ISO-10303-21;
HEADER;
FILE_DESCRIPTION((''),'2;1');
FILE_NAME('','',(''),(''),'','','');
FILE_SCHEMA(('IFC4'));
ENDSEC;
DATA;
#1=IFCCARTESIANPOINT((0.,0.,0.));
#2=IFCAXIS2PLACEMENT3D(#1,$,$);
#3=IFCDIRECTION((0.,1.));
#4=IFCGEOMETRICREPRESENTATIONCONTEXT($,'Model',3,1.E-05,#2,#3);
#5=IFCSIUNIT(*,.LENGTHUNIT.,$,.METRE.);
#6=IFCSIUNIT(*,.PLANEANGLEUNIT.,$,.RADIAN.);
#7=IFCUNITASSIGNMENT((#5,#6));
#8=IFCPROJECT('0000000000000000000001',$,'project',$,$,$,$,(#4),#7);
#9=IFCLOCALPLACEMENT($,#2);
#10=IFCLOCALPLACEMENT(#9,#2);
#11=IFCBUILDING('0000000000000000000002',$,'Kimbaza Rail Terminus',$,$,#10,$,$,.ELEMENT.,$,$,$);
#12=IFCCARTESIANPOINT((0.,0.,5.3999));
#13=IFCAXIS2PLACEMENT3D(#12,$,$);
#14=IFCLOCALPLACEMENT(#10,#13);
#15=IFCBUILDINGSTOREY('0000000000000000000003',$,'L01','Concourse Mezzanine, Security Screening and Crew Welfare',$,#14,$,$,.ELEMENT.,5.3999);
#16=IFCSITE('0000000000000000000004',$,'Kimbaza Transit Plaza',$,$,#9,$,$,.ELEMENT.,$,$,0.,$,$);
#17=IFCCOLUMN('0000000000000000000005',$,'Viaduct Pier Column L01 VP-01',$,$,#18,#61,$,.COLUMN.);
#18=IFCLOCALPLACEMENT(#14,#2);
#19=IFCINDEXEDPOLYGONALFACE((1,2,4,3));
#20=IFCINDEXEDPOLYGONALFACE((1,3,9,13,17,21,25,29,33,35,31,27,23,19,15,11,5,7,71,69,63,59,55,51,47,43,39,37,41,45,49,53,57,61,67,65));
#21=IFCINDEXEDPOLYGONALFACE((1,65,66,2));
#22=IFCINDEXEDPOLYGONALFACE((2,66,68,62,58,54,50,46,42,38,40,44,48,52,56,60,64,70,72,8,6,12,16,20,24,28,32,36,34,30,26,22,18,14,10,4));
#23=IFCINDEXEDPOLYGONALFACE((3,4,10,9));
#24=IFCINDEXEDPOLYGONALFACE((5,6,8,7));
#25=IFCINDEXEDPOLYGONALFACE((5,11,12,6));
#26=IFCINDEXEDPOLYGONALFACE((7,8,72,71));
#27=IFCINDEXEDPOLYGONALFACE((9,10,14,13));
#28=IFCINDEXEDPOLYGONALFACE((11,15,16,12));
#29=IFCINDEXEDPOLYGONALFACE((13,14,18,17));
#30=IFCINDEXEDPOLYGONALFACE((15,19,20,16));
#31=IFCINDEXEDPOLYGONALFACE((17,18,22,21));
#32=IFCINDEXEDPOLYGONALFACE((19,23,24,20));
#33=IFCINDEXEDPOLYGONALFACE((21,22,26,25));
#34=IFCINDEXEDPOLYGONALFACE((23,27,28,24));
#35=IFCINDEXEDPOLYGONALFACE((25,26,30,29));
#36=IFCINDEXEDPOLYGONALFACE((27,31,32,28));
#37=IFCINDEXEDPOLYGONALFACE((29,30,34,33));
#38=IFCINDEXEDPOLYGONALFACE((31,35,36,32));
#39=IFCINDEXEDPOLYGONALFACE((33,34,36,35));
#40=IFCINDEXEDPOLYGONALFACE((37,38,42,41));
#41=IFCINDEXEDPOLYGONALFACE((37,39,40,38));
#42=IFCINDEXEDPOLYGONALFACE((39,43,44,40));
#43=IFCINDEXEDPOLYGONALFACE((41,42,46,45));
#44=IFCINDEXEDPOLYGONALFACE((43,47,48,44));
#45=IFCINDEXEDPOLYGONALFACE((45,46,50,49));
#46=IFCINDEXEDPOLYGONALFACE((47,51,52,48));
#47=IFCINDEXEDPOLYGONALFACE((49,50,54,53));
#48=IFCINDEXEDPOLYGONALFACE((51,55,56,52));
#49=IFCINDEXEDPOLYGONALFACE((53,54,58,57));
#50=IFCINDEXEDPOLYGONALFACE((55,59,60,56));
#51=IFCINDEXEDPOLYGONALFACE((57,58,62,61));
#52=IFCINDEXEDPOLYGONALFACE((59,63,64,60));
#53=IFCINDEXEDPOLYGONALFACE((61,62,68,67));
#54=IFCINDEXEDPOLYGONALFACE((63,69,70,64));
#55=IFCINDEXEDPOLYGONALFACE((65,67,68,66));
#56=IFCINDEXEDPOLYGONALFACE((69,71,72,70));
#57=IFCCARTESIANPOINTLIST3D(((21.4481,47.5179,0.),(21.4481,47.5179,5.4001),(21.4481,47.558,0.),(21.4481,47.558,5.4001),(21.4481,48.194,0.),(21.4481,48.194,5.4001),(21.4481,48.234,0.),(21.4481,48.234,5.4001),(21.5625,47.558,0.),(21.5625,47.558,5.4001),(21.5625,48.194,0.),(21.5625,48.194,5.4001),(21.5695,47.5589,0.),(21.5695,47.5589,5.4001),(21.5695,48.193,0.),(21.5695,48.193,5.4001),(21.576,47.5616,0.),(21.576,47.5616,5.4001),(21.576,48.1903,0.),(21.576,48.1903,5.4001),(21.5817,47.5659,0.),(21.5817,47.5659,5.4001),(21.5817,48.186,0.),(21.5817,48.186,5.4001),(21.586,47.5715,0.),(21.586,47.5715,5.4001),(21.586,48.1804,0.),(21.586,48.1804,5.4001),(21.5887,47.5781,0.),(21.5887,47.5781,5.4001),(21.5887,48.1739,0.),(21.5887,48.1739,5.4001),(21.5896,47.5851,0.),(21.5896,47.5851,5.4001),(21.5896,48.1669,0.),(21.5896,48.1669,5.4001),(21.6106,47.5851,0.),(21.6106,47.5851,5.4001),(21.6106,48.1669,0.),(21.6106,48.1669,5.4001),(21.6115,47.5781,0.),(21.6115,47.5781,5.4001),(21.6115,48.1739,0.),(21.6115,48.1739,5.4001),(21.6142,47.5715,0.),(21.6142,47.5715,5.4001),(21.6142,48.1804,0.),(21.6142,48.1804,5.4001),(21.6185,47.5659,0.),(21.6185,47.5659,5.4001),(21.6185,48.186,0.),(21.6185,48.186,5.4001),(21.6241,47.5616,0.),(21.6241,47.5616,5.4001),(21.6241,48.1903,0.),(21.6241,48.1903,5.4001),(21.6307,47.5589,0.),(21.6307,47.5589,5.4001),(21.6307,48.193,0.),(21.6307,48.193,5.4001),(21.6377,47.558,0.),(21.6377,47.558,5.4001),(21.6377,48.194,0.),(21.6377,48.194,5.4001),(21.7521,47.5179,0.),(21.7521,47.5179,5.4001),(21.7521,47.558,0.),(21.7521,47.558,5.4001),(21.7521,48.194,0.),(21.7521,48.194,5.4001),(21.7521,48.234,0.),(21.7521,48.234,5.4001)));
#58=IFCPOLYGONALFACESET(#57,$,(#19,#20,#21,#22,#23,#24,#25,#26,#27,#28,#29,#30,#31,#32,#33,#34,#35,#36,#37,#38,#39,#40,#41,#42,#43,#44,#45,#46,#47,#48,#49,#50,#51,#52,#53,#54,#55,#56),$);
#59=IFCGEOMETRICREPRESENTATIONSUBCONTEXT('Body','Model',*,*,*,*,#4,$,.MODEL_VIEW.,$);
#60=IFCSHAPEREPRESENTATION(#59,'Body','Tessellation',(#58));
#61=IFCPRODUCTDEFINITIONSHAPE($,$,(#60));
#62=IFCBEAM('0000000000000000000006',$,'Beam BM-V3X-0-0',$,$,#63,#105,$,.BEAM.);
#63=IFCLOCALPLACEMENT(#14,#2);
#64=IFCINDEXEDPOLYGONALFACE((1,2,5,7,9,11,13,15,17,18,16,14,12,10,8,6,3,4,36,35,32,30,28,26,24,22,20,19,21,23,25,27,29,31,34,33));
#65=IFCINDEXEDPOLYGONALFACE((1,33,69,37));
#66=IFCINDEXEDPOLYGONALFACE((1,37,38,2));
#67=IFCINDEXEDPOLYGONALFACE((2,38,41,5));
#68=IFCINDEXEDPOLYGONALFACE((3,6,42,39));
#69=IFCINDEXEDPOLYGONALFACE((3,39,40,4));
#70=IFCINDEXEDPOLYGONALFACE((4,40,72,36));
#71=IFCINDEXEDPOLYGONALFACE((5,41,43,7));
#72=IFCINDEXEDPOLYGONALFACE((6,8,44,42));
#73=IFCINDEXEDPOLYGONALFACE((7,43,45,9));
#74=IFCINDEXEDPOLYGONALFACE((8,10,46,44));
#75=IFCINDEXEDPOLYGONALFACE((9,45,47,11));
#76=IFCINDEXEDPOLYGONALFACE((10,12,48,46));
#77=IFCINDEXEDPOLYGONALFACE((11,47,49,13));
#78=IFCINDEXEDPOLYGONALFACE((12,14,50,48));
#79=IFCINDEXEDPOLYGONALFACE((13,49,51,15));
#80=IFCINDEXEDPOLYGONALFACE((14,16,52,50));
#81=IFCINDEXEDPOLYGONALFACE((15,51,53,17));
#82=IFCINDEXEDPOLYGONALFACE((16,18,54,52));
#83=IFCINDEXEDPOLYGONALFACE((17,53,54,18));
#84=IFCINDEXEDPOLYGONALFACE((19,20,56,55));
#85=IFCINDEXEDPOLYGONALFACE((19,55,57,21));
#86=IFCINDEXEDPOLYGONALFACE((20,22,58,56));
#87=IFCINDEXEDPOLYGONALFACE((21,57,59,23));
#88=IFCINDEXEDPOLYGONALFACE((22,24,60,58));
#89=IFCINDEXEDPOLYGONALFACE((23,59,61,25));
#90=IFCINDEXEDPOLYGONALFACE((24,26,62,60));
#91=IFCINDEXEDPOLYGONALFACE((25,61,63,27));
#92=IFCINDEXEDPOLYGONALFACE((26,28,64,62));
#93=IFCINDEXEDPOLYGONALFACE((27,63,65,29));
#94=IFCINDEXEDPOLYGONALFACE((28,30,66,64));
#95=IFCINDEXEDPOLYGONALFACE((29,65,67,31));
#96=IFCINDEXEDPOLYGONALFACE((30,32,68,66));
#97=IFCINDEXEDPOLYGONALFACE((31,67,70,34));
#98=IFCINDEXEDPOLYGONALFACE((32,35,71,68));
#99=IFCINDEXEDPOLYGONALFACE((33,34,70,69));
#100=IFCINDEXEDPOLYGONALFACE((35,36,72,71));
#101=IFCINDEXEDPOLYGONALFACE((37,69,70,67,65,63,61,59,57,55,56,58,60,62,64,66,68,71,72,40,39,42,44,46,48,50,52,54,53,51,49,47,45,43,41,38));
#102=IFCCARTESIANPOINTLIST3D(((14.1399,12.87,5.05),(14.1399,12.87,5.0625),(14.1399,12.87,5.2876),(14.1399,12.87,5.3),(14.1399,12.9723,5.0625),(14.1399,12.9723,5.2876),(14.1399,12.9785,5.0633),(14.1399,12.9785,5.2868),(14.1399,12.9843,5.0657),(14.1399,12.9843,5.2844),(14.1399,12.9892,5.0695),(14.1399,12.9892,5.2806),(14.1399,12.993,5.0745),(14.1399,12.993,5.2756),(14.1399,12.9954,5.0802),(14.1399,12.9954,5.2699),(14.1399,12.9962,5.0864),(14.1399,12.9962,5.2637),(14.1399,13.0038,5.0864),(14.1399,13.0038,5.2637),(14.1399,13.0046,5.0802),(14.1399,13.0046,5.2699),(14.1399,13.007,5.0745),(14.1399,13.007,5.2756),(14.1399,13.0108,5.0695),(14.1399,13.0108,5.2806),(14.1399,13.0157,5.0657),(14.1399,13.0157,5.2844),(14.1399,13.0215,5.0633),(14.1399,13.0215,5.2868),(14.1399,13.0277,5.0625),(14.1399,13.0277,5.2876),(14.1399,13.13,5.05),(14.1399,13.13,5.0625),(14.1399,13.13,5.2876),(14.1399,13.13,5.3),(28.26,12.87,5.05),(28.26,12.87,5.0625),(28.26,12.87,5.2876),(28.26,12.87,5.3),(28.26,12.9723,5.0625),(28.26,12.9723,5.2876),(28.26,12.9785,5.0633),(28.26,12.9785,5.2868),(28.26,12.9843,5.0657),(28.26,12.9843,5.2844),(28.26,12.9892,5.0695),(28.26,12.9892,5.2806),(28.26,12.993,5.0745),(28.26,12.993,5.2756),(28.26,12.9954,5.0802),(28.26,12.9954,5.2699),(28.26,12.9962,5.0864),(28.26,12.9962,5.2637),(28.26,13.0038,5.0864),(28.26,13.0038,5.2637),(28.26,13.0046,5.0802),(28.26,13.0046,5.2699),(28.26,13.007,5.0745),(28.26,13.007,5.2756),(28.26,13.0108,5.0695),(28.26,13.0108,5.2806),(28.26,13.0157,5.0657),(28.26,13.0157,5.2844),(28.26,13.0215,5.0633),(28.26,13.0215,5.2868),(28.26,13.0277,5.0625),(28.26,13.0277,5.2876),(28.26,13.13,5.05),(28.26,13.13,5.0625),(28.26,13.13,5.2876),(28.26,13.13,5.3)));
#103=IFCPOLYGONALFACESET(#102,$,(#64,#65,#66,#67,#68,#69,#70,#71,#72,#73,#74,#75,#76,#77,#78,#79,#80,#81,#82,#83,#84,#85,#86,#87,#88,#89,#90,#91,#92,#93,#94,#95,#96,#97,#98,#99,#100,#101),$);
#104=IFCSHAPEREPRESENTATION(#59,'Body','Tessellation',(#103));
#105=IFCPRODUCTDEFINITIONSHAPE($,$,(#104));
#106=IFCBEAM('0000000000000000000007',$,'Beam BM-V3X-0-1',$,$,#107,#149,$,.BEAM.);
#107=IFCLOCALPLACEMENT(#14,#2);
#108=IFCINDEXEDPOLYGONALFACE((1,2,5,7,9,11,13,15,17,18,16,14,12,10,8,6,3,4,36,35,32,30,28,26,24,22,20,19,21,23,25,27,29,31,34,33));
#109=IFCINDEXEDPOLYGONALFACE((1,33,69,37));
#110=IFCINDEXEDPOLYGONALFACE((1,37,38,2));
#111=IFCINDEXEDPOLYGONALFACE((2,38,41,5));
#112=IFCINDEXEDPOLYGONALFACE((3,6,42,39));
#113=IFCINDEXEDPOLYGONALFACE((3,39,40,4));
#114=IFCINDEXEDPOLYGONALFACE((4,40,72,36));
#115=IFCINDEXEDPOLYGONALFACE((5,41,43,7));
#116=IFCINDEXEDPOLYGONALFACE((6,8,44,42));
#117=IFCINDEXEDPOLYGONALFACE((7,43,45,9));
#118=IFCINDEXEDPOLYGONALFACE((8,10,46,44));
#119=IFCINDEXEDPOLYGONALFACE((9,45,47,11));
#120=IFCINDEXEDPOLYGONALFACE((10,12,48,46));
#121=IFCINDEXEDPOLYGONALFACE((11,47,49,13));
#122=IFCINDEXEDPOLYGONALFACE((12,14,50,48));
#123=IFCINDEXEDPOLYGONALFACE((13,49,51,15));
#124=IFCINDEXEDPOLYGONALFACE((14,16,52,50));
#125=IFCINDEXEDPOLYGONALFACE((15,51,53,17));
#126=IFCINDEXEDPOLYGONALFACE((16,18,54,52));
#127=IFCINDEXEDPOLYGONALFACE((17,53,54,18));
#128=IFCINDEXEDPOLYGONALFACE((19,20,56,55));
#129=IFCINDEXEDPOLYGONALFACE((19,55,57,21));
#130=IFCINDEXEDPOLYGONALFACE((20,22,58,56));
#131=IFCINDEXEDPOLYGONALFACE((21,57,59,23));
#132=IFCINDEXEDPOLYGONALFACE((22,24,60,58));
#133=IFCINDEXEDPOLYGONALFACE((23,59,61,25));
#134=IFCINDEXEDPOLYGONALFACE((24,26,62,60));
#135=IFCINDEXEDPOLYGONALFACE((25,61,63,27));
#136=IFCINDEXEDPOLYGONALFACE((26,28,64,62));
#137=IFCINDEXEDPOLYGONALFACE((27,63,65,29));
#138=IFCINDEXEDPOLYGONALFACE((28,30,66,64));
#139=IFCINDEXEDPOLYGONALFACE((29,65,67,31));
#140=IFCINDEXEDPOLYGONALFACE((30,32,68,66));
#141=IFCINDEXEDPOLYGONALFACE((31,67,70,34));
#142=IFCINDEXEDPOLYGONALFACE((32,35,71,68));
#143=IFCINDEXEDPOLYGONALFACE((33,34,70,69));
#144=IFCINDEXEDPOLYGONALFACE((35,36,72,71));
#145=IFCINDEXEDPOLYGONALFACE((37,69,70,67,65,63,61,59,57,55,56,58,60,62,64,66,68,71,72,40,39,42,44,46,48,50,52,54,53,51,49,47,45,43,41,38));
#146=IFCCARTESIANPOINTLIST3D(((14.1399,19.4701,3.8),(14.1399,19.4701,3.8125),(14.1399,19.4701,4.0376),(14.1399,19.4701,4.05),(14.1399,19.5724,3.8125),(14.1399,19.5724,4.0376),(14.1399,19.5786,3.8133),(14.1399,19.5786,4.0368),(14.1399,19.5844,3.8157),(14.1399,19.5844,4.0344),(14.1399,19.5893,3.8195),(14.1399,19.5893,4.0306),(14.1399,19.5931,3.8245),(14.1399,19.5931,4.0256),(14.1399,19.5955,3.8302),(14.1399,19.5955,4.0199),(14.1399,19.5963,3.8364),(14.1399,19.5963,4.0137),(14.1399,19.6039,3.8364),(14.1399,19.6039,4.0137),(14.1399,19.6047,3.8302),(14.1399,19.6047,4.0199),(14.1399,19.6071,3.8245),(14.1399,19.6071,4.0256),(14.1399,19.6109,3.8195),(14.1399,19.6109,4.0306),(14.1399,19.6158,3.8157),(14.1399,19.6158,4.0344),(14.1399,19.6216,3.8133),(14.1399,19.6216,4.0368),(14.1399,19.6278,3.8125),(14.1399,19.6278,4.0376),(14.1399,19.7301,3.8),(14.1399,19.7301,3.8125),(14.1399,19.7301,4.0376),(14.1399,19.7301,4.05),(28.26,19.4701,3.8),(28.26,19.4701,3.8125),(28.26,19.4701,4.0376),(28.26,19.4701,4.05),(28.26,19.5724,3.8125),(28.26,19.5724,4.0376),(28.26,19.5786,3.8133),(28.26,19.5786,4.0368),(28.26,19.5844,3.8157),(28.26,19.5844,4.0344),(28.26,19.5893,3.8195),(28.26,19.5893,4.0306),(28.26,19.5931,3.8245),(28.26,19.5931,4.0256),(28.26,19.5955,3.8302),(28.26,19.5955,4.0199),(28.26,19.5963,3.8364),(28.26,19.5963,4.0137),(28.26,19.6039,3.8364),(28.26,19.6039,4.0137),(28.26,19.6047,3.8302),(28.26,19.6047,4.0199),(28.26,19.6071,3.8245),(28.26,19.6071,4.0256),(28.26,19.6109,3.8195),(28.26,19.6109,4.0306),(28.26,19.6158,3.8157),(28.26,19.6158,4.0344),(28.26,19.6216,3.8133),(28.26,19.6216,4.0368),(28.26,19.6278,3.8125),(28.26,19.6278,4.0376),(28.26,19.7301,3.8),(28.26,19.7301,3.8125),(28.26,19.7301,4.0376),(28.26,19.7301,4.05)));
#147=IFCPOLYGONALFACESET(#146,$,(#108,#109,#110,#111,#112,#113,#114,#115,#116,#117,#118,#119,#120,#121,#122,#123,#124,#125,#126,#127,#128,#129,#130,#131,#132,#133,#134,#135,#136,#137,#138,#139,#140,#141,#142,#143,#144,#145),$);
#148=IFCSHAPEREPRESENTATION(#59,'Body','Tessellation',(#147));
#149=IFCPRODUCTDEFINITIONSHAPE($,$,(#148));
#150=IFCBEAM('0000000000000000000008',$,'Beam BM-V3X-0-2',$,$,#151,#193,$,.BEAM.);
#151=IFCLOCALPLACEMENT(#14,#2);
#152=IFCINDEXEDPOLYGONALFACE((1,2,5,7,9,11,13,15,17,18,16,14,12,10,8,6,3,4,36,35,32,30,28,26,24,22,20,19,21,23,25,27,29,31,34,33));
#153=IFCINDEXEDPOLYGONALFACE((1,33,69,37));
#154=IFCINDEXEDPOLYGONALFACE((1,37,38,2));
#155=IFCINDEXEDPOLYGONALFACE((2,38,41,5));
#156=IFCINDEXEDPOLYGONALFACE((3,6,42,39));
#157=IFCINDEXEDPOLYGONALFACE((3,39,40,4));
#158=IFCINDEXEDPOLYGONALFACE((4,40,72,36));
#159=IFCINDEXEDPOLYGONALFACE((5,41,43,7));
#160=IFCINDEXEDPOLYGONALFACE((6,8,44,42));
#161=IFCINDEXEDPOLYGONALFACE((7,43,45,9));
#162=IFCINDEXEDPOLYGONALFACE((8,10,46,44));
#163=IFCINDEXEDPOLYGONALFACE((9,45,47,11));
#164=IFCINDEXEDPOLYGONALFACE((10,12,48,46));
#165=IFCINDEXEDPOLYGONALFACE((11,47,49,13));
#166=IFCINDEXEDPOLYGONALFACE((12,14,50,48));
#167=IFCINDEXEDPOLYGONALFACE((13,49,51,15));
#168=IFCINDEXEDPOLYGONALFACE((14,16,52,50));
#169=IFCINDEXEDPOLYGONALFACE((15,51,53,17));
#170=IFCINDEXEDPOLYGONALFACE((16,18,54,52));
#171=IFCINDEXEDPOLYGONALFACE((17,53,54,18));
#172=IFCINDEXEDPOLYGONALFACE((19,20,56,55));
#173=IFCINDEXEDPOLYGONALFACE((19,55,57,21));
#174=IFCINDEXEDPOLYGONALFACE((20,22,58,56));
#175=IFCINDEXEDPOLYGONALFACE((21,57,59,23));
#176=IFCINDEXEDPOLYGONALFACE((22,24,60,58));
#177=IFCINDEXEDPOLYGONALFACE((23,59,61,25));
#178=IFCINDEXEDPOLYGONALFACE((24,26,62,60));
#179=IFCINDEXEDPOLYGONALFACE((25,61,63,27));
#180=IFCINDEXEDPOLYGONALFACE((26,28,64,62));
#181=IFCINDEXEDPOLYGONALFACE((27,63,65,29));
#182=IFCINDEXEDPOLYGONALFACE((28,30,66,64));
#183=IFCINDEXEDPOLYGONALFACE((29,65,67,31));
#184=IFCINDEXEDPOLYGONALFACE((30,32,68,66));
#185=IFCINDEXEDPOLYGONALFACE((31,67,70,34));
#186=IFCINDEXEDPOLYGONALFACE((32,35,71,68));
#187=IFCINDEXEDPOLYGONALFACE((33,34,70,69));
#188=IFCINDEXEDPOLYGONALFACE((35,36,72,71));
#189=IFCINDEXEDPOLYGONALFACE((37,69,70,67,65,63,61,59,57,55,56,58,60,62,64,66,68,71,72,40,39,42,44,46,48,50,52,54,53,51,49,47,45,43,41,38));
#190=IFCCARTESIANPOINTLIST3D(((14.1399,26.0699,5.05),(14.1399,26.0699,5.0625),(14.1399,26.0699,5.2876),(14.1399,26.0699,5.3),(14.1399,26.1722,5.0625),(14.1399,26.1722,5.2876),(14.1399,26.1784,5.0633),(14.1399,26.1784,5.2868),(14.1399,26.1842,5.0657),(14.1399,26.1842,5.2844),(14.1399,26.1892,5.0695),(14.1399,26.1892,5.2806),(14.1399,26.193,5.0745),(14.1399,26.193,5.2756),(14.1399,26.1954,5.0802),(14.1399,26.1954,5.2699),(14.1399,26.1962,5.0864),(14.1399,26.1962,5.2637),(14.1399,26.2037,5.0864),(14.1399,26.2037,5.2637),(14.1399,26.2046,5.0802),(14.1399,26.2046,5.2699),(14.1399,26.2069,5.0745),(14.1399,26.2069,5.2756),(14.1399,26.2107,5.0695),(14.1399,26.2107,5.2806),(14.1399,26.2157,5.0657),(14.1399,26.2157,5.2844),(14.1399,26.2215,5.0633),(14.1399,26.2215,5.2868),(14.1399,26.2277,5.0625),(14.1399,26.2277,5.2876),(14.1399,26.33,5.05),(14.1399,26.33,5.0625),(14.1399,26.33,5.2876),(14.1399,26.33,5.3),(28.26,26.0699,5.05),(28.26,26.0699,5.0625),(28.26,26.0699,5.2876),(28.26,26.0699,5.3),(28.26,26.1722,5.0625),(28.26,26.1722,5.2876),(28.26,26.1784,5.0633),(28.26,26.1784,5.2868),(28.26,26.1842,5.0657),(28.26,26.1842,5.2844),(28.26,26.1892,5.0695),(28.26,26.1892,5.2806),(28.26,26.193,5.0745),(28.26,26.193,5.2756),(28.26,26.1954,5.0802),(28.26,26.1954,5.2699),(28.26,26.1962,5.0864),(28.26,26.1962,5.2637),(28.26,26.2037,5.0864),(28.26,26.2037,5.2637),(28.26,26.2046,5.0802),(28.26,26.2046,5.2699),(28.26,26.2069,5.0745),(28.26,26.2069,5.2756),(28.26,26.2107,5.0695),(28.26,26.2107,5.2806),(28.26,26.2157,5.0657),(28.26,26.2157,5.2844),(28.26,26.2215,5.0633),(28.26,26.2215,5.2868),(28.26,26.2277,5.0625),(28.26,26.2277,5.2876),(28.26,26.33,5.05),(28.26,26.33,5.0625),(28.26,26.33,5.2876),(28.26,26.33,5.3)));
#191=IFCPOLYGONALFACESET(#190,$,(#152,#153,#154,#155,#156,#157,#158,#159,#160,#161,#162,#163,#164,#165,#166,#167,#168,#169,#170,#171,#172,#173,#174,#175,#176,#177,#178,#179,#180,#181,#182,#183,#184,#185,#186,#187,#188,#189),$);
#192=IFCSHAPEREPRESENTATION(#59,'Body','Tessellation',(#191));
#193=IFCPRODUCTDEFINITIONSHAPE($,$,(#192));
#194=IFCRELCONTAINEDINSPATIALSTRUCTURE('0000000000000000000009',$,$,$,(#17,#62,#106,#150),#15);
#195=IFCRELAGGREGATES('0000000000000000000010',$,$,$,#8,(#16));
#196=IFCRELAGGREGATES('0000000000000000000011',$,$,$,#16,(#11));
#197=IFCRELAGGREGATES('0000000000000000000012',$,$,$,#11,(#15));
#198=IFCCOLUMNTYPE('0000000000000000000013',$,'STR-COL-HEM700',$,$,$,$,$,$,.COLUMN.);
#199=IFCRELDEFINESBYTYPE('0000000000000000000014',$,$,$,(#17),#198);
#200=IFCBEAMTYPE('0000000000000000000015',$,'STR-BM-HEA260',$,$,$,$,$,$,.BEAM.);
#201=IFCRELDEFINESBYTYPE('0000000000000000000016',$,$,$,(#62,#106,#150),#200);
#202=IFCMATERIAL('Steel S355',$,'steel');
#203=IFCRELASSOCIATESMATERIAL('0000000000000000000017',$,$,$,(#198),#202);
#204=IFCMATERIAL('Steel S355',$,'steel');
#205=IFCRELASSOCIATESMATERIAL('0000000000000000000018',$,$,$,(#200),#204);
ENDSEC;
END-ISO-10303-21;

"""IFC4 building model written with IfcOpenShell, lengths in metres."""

from ifc_helpers import new_model, si_unit, direction, frame, origin, origin_2d, place, context, subcontext, project, spatial, i_section, extrude, material, material_profile, profile_set, type_object, element, save


model = new_model("IFC4")

# Units and contexts
model_context = context("Model", 3, precision=1e-05, world=origin(), true_north=direction((0.0, 1.0)))
body_context = subcontext(model_context, "Body", "Model", "MODEL_VIEW")
ifc_project = project(units=[si_unit("LENGTHUNIT", "METRE"), si_unit("PLANEANGLEUNIT", "RADIAN")], contexts=[model_context])

# Site, building, storey
site_placement = place(None, origin())
site = spatial("IfcSite", under=ifc_project, at=site_placement, Name="Kimbaza Transit Plaza", CompositionType="ELEMENT", RefElevation=0.0)
building_placement = place(site_placement, origin())
building = spatial("IfcBuilding", under=site, at=building_placement, Name="Kimbaza Rail Terminus", CompositionType="ELEMENT")
storey_placement = place(building_placement, frame((0.0, 0.0, 5.3999)))
storey = spatial("IfcBuildingStorey", under=building, at=storey_placement, Name="L01", Description="Concourse Mezzanine, Security Screening and Crew Welfare", CompositionType="ELEMENT", Elevation=5.3999)

# Column
ifc_material_1 = material(Name="Steel S355", Category="steel")
ifc_material_profile_1 = material_profile(ifc_material_1, i_section(OverallWidth=0.304, OverallDepth=0.7161, WebThickness=0.021, FlangeThickness=0.04, FilletRadius=0.0271, at=origin_2d()), Name="HEM 700")
ifc_profile_set_1 = profile_set([ifc_material_profile_1], Name="Steel S355")
column_type = type_object("IfcColumnType", Name="STR-COL-HEM700", PredefinedType="COLUMN", material=ifc_profile_set_1)
column_placement = place(storey_placement, frame((21.6001, 47.876, 0.0), z_axis=(0.0, 0.0, 1.0), x_axis=(1.0, 0.0, 0.0)))
element("IfcColumn", 1, at=column_placement, inside=storey, type_object=column_type, Name="Viaduct Pier Column L01 VP-01", PredefinedType="COLUMN", context=body_context, shape_type="SweptSolid", body=[
    extrude(i_section(OverallWidth=0.304, OverallDepth=0.7161, WebThickness=0.021, FlangeThickness=0.04, FilletRadius=0.0271, at=origin_2d()), origin(), (0.0, 0.0, 1.0), 5.4001),
])

# Beams
ifc_material_2 = material(Name="Steel S355", Category="steel")
ifc_material_profile_2 = material_profile(ifc_material_2, i_section(OverallWidth=0.26, OverallDepth=0.25, WebThickness=0.0076, FlangeThickness=0.0125, FilletRadius=0.0239, at=origin_2d()), Name="HEA 260")
ifc_profile_set_2 = profile_set([ifc_material_profile_2], Name="Steel S355")
beam_type = type_object("IfcBeamType", Name="STR-BM-HEA260", PredefinedType="BEAM", material=ifc_profile_set_2)
for number, where, z_axis, x_axis, name in (
    (2, (14.1399, 13.0, 5.175), (1.0, 0.0, 0.0), (0.0, 1.0, 0.0), "Beam BM-V3X-0-0"),
    (3, (14.1399, 19.6001, 3.925), (1.0, 0.0, 0.0), (0.0, 1.0, 0.0), "Beam BM-V3X-0-1"),
    (4, (14.1399, 26.2, 5.175), (1.0, 0.0, 0.0), (0.0, 1.0, 0.0), "Beam BM-V3X-0-2"),
):
    element("IfcBeam", number, at=place(storey_placement, frame(where, z_axis=z_axis, x_axis=x_axis)), inside=storey, type_object=beam_type, Name=name, PredefinedType="BEAM", context=body_context, shape_type="SweptSolid", body=[
        extrude(i_section(OverallWidth=0.26, OverallDepth=0.25, WebThickness=0.0076, FlangeThickness=0.0125, FilletRadius=0.0239, at=origin_2d()), origin(), (0.0, 0.0, 1.0), 14.1201),
    ])

save(model, "model.ifc")
